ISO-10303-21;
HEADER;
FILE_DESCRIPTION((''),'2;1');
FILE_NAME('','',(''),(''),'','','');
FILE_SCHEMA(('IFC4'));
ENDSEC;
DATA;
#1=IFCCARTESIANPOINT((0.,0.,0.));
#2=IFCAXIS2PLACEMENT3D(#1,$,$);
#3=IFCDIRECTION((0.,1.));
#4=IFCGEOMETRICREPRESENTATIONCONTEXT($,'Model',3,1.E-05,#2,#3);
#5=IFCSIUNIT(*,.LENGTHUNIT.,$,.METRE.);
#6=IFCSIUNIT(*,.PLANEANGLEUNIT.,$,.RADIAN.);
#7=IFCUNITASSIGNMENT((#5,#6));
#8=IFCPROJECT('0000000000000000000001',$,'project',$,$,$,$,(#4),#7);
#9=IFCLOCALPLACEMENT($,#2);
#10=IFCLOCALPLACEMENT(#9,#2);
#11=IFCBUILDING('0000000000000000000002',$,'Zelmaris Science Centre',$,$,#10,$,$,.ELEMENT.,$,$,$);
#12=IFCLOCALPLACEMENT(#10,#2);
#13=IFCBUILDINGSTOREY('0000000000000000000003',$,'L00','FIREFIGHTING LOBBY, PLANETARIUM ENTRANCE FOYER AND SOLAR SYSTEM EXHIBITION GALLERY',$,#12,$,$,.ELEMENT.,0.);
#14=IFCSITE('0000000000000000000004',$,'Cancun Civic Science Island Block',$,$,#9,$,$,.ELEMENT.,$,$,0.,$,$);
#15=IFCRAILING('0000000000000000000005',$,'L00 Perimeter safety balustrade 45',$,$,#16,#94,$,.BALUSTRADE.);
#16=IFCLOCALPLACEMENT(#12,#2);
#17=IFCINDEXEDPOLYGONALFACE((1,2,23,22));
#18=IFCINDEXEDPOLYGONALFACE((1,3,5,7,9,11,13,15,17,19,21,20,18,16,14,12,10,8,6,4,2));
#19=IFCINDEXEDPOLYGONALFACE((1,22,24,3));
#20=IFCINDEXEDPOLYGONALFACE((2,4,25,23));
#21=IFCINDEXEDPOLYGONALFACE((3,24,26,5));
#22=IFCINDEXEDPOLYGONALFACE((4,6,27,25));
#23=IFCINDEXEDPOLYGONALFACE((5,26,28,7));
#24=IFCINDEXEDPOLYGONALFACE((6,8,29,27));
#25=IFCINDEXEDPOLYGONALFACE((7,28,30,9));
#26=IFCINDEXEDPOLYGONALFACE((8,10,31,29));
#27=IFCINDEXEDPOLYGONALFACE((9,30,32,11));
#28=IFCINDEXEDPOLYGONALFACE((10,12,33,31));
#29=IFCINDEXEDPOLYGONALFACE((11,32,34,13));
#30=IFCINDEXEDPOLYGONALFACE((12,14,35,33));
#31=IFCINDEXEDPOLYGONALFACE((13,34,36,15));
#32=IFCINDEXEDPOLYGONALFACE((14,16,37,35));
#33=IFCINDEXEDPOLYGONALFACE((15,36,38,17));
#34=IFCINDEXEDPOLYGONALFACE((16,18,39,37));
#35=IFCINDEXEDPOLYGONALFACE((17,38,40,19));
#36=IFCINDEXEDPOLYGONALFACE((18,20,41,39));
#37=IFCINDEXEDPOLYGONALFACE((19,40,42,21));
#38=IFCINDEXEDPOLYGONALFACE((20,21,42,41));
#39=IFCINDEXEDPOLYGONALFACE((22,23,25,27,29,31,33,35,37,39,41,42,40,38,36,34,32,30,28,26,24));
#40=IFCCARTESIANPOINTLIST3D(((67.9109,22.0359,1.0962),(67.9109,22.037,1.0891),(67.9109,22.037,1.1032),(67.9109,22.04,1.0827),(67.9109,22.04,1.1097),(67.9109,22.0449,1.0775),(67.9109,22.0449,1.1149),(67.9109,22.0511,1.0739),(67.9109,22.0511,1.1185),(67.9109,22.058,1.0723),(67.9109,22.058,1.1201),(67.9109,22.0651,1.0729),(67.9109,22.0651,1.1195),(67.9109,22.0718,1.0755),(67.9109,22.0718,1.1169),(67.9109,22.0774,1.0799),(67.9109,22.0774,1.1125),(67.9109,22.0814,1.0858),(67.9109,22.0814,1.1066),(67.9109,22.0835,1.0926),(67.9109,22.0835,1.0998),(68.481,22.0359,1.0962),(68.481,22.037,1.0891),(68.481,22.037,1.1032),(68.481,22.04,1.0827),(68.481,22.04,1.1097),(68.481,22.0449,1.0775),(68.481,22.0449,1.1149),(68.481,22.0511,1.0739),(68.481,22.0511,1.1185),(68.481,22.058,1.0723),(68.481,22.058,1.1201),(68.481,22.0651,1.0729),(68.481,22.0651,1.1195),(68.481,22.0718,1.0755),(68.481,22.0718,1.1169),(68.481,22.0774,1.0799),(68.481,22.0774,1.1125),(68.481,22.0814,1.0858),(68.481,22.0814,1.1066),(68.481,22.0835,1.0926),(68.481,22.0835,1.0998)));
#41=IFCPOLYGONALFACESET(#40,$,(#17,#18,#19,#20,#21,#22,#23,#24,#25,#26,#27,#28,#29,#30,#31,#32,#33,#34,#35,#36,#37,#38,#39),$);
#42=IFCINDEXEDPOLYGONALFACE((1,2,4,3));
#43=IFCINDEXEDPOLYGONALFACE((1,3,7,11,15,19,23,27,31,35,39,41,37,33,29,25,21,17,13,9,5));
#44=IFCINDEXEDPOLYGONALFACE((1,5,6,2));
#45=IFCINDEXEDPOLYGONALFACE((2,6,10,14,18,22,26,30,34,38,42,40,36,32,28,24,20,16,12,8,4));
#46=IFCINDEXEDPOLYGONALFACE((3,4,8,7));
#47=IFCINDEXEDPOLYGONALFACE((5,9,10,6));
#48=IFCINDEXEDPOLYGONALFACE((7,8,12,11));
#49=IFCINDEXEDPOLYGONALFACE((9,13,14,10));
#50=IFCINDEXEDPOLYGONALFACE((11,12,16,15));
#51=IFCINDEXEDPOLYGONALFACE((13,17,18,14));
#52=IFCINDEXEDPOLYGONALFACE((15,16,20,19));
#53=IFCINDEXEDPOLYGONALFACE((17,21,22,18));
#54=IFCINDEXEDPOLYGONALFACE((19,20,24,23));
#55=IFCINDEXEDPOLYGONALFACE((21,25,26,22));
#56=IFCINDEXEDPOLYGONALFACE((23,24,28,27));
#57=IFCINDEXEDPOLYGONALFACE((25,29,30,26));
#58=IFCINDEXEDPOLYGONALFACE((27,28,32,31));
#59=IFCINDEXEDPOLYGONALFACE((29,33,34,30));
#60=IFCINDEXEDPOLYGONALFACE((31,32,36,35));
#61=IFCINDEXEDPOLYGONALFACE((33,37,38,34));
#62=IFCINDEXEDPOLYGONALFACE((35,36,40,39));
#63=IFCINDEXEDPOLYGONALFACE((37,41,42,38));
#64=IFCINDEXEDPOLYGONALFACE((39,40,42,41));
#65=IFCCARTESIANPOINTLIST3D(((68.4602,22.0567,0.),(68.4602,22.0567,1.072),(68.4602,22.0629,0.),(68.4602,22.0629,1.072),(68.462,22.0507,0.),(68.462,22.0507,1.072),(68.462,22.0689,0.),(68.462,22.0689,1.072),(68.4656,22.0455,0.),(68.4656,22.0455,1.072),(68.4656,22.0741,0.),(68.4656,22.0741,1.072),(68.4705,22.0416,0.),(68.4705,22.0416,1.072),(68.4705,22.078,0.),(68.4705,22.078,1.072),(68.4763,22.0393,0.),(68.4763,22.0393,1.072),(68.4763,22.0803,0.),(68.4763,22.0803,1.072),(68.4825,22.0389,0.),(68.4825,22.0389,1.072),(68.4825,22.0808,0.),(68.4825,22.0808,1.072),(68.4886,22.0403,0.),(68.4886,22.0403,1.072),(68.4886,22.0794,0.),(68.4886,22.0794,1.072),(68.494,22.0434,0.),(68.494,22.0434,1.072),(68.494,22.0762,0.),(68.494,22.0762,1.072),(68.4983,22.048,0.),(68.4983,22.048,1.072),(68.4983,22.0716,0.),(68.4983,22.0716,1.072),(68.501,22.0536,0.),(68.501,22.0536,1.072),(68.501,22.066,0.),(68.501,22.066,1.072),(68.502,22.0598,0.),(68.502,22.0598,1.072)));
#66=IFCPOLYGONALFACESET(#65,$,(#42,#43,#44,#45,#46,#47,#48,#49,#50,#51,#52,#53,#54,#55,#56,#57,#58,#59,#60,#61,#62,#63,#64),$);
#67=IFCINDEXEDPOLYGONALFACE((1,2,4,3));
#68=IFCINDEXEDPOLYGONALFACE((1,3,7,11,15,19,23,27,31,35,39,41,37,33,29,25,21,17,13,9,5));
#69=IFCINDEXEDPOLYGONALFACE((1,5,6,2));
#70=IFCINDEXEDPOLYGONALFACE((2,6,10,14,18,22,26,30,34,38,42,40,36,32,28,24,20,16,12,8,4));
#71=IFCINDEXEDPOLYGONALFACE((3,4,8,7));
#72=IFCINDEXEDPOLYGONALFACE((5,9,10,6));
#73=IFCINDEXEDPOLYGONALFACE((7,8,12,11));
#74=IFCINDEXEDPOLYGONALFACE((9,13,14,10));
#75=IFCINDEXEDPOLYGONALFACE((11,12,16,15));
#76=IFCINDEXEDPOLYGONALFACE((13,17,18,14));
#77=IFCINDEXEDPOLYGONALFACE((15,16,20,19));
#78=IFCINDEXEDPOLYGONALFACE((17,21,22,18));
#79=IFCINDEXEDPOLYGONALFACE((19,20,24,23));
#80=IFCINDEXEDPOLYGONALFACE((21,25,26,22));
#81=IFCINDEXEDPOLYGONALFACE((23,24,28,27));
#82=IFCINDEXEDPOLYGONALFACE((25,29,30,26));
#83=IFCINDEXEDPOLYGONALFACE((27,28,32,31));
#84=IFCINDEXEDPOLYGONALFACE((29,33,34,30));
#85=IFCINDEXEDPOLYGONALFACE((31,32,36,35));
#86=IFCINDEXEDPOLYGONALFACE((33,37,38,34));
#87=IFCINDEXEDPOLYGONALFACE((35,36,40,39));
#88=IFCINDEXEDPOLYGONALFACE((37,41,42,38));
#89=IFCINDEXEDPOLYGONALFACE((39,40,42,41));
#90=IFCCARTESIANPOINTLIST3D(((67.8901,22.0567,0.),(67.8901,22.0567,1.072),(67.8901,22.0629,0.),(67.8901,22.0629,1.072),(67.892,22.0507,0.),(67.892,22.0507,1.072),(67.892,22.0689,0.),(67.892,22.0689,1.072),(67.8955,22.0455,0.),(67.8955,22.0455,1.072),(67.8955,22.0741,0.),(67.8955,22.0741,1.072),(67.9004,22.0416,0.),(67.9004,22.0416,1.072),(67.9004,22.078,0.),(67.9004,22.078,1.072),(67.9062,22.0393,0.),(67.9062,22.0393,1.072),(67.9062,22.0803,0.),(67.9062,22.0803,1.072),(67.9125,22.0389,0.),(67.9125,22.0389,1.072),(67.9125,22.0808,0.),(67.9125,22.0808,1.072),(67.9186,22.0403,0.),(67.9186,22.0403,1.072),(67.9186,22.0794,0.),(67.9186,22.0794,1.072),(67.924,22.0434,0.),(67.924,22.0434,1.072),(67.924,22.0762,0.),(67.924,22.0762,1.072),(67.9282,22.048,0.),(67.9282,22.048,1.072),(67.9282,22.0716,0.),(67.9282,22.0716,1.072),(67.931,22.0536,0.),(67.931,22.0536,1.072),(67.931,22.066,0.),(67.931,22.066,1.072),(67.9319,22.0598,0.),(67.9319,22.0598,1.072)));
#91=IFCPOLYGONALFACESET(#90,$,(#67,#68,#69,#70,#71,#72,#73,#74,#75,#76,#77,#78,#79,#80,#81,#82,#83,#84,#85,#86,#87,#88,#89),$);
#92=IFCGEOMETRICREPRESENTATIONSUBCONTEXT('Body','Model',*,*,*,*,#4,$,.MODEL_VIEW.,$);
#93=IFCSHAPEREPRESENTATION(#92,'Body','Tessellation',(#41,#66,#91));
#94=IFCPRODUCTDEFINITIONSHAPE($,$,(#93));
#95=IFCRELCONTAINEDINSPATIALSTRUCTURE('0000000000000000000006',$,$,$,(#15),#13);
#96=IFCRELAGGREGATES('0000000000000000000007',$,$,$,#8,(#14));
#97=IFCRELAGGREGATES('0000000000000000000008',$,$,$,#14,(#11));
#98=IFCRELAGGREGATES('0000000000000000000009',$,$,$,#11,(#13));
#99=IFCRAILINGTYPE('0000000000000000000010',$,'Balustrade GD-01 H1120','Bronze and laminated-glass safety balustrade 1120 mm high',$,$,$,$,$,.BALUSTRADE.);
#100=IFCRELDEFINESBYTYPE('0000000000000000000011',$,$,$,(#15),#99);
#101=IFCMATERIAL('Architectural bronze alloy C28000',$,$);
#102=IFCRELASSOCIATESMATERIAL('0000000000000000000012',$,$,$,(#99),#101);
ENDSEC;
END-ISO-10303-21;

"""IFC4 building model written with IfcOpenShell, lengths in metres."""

from ifc_helpers import new_model, si_unit, direction, frame, origin, origin_2d, place, context, subcontext, project, spatial, circle, extrude, material, type_object, element, save


model = new_model("IFC4")

# Units and contexts
model_context = context("Model", 3, precision=1e-05, world=origin(), true_north=direction((0.0, 1.0)))
body_context = subcontext(model_context, "Body", "Model", "MODEL_VIEW")
ifc_project = project(units=[si_unit("LENGTHUNIT", "METRE"), si_unit("PLANEANGLEUNIT", "RADIAN")], contexts=[model_context])

# Site, building, storey
site_placement = place(None, origin())
site = spatial("IfcSite", under=ifc_project, at=site_placement, Name="Cancun Civic Science Island Block", CompositionType="ELEMENT", RefElevation=0.0)
building_placement = place(site_placement, origin())
building = spatial("IfcBuilding", under=site, at=building_placement, Name="Zelmaris Science Centre", CompositionType="ELEMENT")
storey_placement = place(building_placement, origin())
storey = spatial("IfcBuildingStorey", under=building, at=storey_placement, Name="L00", Description="FIREFIGHTING LOBBY, PLANETARIUM ENTRANCE FOYER AND SOLAR SYSTEM EXHIBITION GALLERY", CompositionType="ELEMENT", Elevation=0.0)

# Shared definitions
ifc_material_1 = material(Name="Architectural bronze alloy C28000")

# Railing
railing_type = type_object("IfcRailingType", Name="Balustrade GD-01 H1120", Description="Bronze and laminated-glass safety balustrade 1120 mm high", PredefinedType="BALUSTRADE", material=ifc_material_1)
for number, where, name in (
    (1, (68.481, 22.0598, 0.0), "L00 Perimeter safety balustrade 45"),
):
    element("IfcRailing", number, at=place(storey_placement, frame(where)), inside=storey, type_object=railing_type, Name=name, PredefinedType="BALUSTRADE", context=body_context, shape_type="SweptSolid", body=[
        extrude(circle(Radius=0.0239, at=origin_2d()), frame((0.0, 0.0, 1.0962), z_axis=(-1.0, 0.0, 0.0), x_axis=(0.0, -1.0, 0.0)), (0.0, 0.0, 1.0), 0.5701),
        extrude(circle(Radius=0.021, at=origin_2d()), origin(), (0.0, 0.0, 1.0), 1.072),
        extrude(circle(Radius=0.021, at=origin_2d()), frame((-0.5701, 0.0, 0.0)), (0.0, 0.0, 1.0), 1.072),
    ])

save(model, "model.ifc")
